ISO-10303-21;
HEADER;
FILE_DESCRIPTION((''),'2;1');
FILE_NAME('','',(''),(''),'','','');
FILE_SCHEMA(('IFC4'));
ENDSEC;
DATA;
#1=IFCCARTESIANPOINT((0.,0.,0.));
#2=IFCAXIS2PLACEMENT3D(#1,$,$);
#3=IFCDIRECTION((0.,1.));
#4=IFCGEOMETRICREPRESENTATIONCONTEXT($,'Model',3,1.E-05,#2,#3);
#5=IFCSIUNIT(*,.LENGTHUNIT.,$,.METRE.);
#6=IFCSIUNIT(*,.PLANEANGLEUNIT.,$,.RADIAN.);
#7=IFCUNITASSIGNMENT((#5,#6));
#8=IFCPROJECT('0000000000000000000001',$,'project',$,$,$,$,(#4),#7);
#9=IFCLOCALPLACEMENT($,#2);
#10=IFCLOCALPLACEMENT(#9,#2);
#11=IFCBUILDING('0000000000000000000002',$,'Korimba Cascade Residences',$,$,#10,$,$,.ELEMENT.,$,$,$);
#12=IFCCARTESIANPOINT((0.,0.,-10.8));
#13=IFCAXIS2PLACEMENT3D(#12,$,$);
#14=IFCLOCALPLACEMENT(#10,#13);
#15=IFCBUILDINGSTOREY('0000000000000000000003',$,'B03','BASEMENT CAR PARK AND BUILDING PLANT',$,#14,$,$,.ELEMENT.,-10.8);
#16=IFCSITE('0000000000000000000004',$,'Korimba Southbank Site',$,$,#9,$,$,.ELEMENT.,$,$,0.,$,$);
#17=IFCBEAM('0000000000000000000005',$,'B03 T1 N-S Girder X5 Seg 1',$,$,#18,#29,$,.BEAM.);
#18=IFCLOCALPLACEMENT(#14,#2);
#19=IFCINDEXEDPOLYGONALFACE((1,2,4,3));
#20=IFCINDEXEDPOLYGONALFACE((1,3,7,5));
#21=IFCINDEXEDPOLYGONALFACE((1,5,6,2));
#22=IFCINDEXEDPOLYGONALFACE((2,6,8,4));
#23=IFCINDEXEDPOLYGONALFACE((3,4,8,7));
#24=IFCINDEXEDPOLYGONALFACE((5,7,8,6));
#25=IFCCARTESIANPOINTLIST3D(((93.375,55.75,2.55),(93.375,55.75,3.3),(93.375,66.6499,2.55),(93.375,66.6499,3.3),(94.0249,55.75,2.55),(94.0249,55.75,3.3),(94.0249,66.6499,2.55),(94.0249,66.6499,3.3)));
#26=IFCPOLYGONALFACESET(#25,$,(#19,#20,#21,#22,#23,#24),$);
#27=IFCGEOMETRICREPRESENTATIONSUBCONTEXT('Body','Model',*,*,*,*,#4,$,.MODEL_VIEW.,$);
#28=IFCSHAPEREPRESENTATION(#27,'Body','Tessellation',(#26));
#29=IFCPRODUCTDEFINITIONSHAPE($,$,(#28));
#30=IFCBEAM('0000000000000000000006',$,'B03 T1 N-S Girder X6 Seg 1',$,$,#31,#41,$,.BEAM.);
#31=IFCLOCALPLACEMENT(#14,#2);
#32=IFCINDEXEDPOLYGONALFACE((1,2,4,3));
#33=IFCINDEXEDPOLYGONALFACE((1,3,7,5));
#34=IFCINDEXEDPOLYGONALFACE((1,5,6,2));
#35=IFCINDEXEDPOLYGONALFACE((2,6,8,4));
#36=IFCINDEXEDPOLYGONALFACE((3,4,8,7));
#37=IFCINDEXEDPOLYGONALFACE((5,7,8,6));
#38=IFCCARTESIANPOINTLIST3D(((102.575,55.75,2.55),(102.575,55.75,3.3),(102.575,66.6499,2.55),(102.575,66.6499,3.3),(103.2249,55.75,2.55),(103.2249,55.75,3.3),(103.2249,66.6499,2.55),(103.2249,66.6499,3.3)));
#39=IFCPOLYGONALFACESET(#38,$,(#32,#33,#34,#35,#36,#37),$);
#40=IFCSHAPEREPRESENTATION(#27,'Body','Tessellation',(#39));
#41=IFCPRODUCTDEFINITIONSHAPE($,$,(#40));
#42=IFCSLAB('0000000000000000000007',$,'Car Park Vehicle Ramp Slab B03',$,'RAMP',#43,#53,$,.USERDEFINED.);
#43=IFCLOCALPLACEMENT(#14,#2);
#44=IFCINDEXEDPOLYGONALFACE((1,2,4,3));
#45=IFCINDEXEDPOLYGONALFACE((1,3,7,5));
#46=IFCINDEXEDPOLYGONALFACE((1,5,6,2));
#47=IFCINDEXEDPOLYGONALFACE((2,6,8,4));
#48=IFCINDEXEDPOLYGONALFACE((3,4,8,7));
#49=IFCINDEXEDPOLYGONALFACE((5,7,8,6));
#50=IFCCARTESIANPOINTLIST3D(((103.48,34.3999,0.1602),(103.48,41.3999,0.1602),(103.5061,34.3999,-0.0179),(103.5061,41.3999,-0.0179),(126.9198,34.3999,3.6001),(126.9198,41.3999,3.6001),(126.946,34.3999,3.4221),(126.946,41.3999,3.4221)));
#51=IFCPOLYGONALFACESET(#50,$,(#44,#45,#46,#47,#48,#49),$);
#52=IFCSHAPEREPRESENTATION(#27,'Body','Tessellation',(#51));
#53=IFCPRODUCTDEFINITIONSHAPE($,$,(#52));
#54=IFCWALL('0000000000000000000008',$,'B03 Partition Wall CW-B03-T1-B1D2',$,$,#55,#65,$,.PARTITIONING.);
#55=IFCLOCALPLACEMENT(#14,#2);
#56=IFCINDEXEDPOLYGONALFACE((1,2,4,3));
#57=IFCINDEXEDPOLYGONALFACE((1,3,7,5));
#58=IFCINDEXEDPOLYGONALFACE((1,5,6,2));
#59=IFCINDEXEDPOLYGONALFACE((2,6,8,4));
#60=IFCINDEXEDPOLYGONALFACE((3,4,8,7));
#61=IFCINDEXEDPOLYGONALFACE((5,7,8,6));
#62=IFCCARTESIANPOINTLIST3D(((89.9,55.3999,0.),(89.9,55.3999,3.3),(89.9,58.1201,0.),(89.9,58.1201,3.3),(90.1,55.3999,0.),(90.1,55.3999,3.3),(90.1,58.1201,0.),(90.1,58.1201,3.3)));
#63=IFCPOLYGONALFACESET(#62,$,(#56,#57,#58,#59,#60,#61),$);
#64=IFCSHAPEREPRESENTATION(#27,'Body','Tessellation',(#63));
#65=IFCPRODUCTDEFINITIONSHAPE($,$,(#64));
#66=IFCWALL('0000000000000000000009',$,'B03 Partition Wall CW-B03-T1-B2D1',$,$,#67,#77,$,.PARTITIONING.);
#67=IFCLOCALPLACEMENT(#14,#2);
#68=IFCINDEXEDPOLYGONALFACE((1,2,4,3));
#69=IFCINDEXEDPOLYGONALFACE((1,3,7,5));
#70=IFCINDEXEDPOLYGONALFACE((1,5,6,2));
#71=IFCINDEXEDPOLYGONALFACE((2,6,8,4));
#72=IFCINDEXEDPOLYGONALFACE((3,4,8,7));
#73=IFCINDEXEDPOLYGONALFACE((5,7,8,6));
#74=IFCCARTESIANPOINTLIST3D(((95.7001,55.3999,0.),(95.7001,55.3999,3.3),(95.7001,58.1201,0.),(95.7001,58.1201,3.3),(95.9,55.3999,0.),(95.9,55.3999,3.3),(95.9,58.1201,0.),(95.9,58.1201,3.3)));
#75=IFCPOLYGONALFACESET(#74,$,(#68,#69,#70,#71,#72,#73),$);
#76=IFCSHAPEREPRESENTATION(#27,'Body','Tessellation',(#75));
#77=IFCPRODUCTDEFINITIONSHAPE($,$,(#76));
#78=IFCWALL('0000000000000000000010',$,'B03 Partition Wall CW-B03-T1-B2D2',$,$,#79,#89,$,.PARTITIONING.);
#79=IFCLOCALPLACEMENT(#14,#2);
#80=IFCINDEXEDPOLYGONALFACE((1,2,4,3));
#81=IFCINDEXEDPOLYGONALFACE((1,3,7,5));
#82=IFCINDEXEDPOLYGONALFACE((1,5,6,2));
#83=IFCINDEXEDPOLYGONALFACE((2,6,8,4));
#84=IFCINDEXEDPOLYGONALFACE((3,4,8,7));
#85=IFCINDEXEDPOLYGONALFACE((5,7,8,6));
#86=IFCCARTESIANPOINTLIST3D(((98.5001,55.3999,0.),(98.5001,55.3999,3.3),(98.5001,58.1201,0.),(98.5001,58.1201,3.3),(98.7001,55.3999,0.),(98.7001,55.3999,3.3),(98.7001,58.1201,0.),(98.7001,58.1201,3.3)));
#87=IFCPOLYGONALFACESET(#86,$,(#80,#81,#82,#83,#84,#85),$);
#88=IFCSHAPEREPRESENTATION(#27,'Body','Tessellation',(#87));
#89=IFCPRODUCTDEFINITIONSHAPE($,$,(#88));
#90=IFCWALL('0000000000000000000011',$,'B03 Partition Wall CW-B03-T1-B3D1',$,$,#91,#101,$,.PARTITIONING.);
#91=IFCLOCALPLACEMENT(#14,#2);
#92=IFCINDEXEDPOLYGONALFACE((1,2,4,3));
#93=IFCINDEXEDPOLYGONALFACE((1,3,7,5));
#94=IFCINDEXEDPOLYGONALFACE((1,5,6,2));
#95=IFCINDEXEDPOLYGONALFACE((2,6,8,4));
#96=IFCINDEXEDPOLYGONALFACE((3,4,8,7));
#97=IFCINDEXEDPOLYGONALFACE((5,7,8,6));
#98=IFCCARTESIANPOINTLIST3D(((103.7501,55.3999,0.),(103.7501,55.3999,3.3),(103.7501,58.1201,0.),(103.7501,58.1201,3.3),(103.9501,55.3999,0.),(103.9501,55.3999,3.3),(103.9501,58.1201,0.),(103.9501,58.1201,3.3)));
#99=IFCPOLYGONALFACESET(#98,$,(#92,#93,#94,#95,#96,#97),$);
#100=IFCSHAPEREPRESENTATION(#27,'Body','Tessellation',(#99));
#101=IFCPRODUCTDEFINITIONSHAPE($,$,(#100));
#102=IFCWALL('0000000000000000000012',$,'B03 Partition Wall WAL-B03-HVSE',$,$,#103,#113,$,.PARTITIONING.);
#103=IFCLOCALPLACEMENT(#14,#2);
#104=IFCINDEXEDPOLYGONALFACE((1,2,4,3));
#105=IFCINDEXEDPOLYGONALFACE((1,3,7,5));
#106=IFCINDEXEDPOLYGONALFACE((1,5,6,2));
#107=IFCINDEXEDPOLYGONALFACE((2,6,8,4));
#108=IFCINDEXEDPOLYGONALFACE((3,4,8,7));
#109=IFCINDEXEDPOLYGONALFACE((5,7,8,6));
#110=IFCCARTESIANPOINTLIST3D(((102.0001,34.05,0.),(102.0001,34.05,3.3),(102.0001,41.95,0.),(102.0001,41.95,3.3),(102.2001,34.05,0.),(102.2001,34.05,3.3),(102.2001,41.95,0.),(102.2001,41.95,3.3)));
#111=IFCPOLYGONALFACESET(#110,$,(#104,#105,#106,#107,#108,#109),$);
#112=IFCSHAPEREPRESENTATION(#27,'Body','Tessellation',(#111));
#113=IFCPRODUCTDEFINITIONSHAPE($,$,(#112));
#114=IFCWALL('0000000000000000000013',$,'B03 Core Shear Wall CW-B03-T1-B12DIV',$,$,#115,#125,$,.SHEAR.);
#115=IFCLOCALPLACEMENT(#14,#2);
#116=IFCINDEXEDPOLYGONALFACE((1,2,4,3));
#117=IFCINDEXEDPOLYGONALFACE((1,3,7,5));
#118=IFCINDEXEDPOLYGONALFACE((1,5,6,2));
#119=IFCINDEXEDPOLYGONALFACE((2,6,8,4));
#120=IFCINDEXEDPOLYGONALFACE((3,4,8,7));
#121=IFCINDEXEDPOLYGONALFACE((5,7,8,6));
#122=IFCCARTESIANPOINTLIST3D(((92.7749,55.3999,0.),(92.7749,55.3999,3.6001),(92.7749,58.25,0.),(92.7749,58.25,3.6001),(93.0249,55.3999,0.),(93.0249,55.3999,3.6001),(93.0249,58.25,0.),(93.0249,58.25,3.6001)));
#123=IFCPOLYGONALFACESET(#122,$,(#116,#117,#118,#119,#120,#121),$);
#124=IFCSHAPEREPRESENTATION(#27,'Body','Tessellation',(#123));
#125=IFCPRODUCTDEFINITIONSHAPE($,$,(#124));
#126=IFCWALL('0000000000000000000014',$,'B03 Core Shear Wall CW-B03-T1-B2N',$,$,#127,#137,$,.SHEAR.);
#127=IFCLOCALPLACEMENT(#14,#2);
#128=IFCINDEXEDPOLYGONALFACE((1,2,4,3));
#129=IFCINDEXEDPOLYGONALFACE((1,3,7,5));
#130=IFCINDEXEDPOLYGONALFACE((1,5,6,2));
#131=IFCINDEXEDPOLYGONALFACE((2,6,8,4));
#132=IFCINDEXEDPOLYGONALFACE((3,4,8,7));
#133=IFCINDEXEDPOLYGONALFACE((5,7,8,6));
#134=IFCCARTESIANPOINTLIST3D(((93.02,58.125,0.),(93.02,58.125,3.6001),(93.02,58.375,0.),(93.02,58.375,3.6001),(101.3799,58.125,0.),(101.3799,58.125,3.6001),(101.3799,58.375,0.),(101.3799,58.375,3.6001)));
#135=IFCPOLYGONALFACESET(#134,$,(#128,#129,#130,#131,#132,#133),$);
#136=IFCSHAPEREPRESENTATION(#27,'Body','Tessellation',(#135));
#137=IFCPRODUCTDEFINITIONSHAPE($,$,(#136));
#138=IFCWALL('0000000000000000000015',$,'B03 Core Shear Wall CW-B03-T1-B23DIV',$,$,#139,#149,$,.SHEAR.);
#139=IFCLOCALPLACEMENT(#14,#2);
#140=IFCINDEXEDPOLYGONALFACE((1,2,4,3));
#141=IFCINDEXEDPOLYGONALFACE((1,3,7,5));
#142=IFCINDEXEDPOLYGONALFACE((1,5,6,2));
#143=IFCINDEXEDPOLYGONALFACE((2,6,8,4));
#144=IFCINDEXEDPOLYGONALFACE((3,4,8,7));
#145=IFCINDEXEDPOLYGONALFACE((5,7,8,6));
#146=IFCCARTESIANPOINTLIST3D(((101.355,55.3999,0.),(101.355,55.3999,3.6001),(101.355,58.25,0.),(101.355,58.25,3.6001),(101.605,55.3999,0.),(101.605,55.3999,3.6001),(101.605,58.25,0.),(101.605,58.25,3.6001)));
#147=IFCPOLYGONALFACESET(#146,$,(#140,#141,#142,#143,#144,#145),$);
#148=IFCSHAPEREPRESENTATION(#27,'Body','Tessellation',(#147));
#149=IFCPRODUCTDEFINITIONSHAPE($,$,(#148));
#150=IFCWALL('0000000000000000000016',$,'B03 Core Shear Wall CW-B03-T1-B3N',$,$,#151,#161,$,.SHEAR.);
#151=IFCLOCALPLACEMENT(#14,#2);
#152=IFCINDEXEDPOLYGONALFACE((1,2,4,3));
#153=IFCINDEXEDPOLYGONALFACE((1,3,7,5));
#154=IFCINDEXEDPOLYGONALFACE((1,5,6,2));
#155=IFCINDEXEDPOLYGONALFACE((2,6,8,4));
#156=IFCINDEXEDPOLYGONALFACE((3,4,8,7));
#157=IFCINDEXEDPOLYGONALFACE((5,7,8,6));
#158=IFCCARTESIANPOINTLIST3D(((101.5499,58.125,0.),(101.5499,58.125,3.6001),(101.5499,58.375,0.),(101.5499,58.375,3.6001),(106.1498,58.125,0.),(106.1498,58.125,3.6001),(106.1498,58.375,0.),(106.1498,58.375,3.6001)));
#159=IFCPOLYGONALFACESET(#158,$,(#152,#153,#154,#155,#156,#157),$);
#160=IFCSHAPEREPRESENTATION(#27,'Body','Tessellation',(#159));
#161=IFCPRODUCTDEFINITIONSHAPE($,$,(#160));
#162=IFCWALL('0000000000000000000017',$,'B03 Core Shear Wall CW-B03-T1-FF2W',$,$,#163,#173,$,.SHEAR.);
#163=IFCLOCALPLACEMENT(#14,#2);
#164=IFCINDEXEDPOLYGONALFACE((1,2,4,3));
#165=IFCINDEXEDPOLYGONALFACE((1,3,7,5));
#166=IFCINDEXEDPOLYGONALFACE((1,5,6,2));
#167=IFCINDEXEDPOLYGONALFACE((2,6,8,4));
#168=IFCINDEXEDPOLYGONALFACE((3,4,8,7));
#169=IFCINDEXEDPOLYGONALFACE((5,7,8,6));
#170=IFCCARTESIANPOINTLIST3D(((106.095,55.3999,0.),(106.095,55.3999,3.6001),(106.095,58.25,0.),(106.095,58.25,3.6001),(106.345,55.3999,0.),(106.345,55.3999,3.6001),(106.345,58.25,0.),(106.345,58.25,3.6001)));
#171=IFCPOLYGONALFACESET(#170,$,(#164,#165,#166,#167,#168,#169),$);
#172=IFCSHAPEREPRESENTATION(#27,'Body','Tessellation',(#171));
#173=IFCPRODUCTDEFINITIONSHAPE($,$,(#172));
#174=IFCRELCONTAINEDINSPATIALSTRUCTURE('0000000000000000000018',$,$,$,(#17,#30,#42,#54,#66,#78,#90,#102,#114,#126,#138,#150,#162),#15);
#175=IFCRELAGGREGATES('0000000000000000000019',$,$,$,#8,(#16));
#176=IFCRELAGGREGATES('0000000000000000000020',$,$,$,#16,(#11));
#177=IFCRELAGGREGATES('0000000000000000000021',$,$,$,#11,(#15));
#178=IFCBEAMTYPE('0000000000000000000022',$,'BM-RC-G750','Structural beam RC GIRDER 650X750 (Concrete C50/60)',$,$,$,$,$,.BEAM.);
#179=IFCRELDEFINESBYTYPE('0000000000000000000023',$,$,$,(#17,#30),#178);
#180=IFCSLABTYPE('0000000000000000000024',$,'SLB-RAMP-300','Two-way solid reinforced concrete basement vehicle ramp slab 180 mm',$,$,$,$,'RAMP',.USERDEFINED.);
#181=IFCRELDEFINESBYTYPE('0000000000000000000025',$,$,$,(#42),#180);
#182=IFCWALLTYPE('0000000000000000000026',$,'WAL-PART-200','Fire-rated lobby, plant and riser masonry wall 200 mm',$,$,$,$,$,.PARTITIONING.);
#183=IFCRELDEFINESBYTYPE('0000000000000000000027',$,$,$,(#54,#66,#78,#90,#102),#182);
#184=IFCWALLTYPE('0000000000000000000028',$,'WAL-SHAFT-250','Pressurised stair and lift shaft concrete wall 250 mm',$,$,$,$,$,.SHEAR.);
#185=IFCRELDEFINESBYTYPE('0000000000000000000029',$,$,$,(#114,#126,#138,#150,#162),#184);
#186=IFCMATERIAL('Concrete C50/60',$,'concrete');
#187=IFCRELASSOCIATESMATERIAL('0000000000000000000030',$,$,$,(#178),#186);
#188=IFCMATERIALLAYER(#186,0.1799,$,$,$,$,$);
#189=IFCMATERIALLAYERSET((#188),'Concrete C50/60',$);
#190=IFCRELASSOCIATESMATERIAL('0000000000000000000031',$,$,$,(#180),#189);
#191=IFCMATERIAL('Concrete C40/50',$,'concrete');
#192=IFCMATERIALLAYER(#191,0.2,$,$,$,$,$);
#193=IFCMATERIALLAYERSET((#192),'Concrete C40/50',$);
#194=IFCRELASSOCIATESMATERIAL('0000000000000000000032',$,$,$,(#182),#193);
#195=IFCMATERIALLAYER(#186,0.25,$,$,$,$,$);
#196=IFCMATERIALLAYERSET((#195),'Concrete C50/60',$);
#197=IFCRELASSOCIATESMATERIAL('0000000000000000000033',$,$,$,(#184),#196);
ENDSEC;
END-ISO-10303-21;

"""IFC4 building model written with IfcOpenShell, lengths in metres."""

from ifc_helpers import new_model, si_unit, direction, frame, frame_2d, origin, origin_2d, place, context, subcontext, project, spatial, polyline, rectangle, outline, extrude, material, layer, layer_set, material_profile, profile_set, type_object, element, save


model = new_model("IFC4")

# Units and contexts
model_context = context("Model", 3, precision=1e-05, world=origin(), true_north=direction((0.0, 1.0)))
body_context = subcontext(model_context, "Body", "Model", "MODEL_VIEW")
ifc_project = project(units=[si_unit("LENGTHUNIT", "METRE"), si_unit("PLANEANGLEUNIT", "RADIAN")], contexts=[model_context])

# Site, building, storey
site_placement = place(None, origin())
site = spatial("IfcSite", under=ifc_project, at=site_placement, Name="Korimba Southbank Site", CompositionType="ELEMENT", RefElevation=0.0)
building_placement = place(site_placement, origin())
building = spatial("IfcBuilding", under=site, at=building_placement, Name="Korimba Cascade Residences", CompositionType="ELEMENT")
storey_placement = place(building_placement, frame((0.0, 0.0, -10.8)))
storey = spatial("IfcBuildingStorey", under=building, at=storey_placement, Name="B03", Description="BASEMENT CAR PARK AND BUILDING PLANT", CompositionType="ELEMENT", Elevation=-10.8)

# Shared definitions
ifc_material_1 = material(Name="Concrete C50/60", Category="concrete")

# Beams
ifc_material_profile_1 = material_profile(ifc_material_1, rectangle(XDim=0.6499, YDim=0.75, at=origin_2d()), Name="Concrete C50/60")
ifc_profile_set_1 = profile_set([ifc_material_profile_1], Name="Concrete C50/60")
beam_type = type_object("IfcBeamType", Name="BM-RC-G750", Description="Structural beam RC GIRDER 650X750 (Concrete C50/60)", PredefinedType="BEAM", material=ifc_profile_set_1)
for number, where, z_axis, x_axis, name in (
    (1, (93.7, 55.75, 2.925), (0.0, 1.0, 0.0), (-1.0, 0.0, 0.0), "B03 T1 N-S Girder X5 Seg 1"),
    (2, (102.8999, 55.75, 2.925), (0.0, 1.0, 0.0), (-1.0, 0.0, 0.0), "B03 T1 N-S Girder X6 Seg 1"),
):
    element("IfcBeam", number, at=place(storey_placement, frame(where, z_axis=z_axis, x_axis=x_axis)), inside=storey, type_object=beam_type, Name=name, PredefinedType="BEAM", context=body_context, shape_type="SweptSolid", body=[
        extrude(rectangle(XDim=0.6499, YDim=0.75, at=origin_2d()), origin(), (0.0, 0.0, 1.0), 10.8999),
    ])

# Slab
ifc_layer_1 = layer(ifc_material_1, 0.1799)
ifc_layer_set_1 = layer_set([ifc_layer_1], Name="Concrete C50/60")
slab_type = type_object("IfcSlabType", Name="SLB-RAMP-300", Description="Two-way solid reinforced concrete basement vehicle ramp slab 180 mm", ElementType="RAMP", PredefinedType="USERDEFINED", material=ifc_layer_set_1)
slab_placement = place(storey_placement, frame((103.48, 34.3999, 0.1602), z_axis=(-0.1452, 0.0, 0.989402), x_axis=(0.989402, 0.0, 0.1452)))
element("IfcSlab", 3, at=slab_placement, inside=storey, type_object=slab_type, Name="Car Park Vehicle Ramp Slab B03", ObjectType="RAMP", PredefinedType="USERDEFINED", context=body_context, shape_type="SweptSolid", body=[
    extrude(outline(polyline([(0.0, 0.0), (23.6909, 0.0), (23.6909, 7.0), (0.0, 7.0), (0.0, 0.0)])), origin(), (0.0, 0.0, -1.0), 0.1799),
])

# Walls
ifc_material_2 = material(Name="Concrete C40/50", Category="concrete")
ifc_layer_2 = layer(ifc_material_2, 0.2)
ifc_layer_set_2 = layer_set([ifc_layer_2], Name="Concrete C40/50")
wall_type_1 = type_object("IfcWallType", Name="WAL-PART-200", Description="Fire-rated lobby, plant and riser masonry wall 200 mm", PredefinedType="PARTITIONING", material=ifc_layer_set_2)
for number, where, z_axis, x_axis, name in (
    (4, (90.0, 55.3999, 0.0), (0.0, 0.0, 1.0), (0.0, 1.0, 0.0), "B03 Partition Wall CW-B03-T1-B1D2"),
    (5, (95.8, 55.3999, 0.0), (0.0, 0.0, 1.0), (0.0, 1.0, 0.0), "B03 Partition Wall CW-B03-T1-B2D1"),
    (6, (98.6001, 55.3999, 0.0), (0.0, 0.0, 1.0), (0.0, 1.0, 0.0), "B03 Partition Wall CW-B03-T1-B2D2"),
    (7, (103.8501, 55.3999, 0.0), (0.0, 0.0, 1.0), (0.0, 1.0, 0.0), "B03 Partition Wall CW-B03-T1-B3D1"),
):
    element("IfcWall", number, at=place(storey_placement, frame(where, z_axis=z_axis, x_axis=x_axis)), inside=storey, type_object=wall_type_1, Name=name, PredefinedType="PARTITIONING", context=body_context, shape_type="SweptSolid", body=[
        extrude(rectangle(XDim=2.7202, YDim=0.2, at=frame_2d((1.3601, 0.0))), origin(), (0.0, 0.0, 1.0), 3.3),
    ])
wall_1_placement = place(storey_placement, frame((102.1001, 34.05, 0.0), z_axis=(0.0, 0.0, 1.0), x_axis=(0.0, 1.0, 0.0)))
element("IfcWall", 8, at=wall_1_placement, inside=storey, type_object=wall_type_1, Name="B03 Partition Wall WAL-B03-HVSE", PredefinedType="PARTITIONING", context=body_context, shape_type="SweptSolid", body=[
    extrude(rectangle(XDim=7.8999, YDim=0.2, at=frame_2d((3.95, 0.0))), origin(), (0.0, 0.0, 1.0), 3.3),
])
ifc_layer_3 = layer(ifc_material_1, 0.25)
ifc_layer_set_3 = layer_set([ifc_layer_3], Name="Concrete C50/60")
wall_type_2 = type_object("IfcWallType", Name="WAL-SHAFT-250", Description="Pressurised stair and lift shaft concrete wall 250 mm", PredefinedType="SHEAR", material=ifc_layer_set_3)
wall_2_placement = place(storey_placement, frame((92.8999, 55.3999, 0.0), z_axis=(0.0, 0.0, 1.0), x_axis=(0.0, 1.0, 0.0)))
element("IfcWall", 9, at=wall_2_placement, inside=storey, type_object=wall_type_2, Name="B03 Core Shear Wall CW-B03-T1-B12DIV", PredefinedType="SHEAR", context=body_context, shape_type="SweptSolid", body=[
    extrude(rectangle(XDim=2.8501, YDim=0.25, at=frame_2d((1.425, 0.0))), origin(), (0.0, 0.0, 1.0), 3.6001),
])
wall_3_placement = place(storey_placement, frame((93.02, 58.25, 0.0), z_axis=(0.0, 0.0, 1.0), x_axis=(1.0, 0.0, 0.0)))
element("IfcWall", 10, at=wall_3_placement, inside=storey, type_object=wall_type_2, Name="B03 Core Shear Wall CW-B03-T1-B2N", PredefinedType="SHEAR", context=body_context, shape_type="SweptSolid", body=[
    extrude(rectangle(XDim=8.3599, YDim=0.25, at=frame_2d((4.1799, 0.0))), origin(), (0.0, 0.0, 1.0), 3.6001),
])
wall_4_placement = place(storey_placement, frame((101.48, 55.3999, 0.0), z_axis=(0.0, 0.0, 1.0), x_axis=(0.0, 1.0, 0.0)))
element("IfcWall", 11, at=wall_4_placement, inside=storey, type_object=wall_type_2, Name="B03 Core Shear Wall CW-B03-T1-B23DIV", PredefinedType="SHEAR", context=body_context, shape_type="SweptSolid", body=[
    extrude(rectangle(XDim=2.8501, YDim=0.25, at=frame_2d((1.425, 0.0))), origin(), (0.0, 0.0, 1.0), 3.6001),
])
wall_5_placement = place(storey_placement, frame((101.55, 58.25, 0.0), z_axis=(0.0, 0.0, 1.0), x_axis=(1.0, 0.0, 0.0)))
element("IfcWall", 12, at=wall_5_placement, inside=storey, type_object=wall_type_2, Name="B03 Core Shear Wall CW-B03-T1-B3N", PredefinedType="SHEAR", context=body_context, shape_type="SweptSolid", body=[
    extrude(rectangle(XDim=4.5999, YDim=0.25, at=frame_2d((2.2998, 0.0))), origin(), (0.0, 0.0, 1.0), 3.6001),
])
wall_6_placement = place(storey_placement, frame((106.22, 55.3999, 0.0), z_axis=(0.0, 0.0, 1.0), x_axis=(0.0, 1.0, 0.0)))
element("IfcWall", 13, at=wall_6_placement, inside=storey, type_object=wall_type_2, Name="B03 Core Shear Wall CW-B03-T1-FF2W", PredefinedType="SHEAR", context=body_context, shape_type="SweptSolid", body=[
    extrude(rectangle(XDim=2.8501, YDim=0.25, at=frame_2d((1.425, 0.0))), origin(), (0.0, 0.0, 1.0), 3.6001),
])

save(model, "model.ifc")
